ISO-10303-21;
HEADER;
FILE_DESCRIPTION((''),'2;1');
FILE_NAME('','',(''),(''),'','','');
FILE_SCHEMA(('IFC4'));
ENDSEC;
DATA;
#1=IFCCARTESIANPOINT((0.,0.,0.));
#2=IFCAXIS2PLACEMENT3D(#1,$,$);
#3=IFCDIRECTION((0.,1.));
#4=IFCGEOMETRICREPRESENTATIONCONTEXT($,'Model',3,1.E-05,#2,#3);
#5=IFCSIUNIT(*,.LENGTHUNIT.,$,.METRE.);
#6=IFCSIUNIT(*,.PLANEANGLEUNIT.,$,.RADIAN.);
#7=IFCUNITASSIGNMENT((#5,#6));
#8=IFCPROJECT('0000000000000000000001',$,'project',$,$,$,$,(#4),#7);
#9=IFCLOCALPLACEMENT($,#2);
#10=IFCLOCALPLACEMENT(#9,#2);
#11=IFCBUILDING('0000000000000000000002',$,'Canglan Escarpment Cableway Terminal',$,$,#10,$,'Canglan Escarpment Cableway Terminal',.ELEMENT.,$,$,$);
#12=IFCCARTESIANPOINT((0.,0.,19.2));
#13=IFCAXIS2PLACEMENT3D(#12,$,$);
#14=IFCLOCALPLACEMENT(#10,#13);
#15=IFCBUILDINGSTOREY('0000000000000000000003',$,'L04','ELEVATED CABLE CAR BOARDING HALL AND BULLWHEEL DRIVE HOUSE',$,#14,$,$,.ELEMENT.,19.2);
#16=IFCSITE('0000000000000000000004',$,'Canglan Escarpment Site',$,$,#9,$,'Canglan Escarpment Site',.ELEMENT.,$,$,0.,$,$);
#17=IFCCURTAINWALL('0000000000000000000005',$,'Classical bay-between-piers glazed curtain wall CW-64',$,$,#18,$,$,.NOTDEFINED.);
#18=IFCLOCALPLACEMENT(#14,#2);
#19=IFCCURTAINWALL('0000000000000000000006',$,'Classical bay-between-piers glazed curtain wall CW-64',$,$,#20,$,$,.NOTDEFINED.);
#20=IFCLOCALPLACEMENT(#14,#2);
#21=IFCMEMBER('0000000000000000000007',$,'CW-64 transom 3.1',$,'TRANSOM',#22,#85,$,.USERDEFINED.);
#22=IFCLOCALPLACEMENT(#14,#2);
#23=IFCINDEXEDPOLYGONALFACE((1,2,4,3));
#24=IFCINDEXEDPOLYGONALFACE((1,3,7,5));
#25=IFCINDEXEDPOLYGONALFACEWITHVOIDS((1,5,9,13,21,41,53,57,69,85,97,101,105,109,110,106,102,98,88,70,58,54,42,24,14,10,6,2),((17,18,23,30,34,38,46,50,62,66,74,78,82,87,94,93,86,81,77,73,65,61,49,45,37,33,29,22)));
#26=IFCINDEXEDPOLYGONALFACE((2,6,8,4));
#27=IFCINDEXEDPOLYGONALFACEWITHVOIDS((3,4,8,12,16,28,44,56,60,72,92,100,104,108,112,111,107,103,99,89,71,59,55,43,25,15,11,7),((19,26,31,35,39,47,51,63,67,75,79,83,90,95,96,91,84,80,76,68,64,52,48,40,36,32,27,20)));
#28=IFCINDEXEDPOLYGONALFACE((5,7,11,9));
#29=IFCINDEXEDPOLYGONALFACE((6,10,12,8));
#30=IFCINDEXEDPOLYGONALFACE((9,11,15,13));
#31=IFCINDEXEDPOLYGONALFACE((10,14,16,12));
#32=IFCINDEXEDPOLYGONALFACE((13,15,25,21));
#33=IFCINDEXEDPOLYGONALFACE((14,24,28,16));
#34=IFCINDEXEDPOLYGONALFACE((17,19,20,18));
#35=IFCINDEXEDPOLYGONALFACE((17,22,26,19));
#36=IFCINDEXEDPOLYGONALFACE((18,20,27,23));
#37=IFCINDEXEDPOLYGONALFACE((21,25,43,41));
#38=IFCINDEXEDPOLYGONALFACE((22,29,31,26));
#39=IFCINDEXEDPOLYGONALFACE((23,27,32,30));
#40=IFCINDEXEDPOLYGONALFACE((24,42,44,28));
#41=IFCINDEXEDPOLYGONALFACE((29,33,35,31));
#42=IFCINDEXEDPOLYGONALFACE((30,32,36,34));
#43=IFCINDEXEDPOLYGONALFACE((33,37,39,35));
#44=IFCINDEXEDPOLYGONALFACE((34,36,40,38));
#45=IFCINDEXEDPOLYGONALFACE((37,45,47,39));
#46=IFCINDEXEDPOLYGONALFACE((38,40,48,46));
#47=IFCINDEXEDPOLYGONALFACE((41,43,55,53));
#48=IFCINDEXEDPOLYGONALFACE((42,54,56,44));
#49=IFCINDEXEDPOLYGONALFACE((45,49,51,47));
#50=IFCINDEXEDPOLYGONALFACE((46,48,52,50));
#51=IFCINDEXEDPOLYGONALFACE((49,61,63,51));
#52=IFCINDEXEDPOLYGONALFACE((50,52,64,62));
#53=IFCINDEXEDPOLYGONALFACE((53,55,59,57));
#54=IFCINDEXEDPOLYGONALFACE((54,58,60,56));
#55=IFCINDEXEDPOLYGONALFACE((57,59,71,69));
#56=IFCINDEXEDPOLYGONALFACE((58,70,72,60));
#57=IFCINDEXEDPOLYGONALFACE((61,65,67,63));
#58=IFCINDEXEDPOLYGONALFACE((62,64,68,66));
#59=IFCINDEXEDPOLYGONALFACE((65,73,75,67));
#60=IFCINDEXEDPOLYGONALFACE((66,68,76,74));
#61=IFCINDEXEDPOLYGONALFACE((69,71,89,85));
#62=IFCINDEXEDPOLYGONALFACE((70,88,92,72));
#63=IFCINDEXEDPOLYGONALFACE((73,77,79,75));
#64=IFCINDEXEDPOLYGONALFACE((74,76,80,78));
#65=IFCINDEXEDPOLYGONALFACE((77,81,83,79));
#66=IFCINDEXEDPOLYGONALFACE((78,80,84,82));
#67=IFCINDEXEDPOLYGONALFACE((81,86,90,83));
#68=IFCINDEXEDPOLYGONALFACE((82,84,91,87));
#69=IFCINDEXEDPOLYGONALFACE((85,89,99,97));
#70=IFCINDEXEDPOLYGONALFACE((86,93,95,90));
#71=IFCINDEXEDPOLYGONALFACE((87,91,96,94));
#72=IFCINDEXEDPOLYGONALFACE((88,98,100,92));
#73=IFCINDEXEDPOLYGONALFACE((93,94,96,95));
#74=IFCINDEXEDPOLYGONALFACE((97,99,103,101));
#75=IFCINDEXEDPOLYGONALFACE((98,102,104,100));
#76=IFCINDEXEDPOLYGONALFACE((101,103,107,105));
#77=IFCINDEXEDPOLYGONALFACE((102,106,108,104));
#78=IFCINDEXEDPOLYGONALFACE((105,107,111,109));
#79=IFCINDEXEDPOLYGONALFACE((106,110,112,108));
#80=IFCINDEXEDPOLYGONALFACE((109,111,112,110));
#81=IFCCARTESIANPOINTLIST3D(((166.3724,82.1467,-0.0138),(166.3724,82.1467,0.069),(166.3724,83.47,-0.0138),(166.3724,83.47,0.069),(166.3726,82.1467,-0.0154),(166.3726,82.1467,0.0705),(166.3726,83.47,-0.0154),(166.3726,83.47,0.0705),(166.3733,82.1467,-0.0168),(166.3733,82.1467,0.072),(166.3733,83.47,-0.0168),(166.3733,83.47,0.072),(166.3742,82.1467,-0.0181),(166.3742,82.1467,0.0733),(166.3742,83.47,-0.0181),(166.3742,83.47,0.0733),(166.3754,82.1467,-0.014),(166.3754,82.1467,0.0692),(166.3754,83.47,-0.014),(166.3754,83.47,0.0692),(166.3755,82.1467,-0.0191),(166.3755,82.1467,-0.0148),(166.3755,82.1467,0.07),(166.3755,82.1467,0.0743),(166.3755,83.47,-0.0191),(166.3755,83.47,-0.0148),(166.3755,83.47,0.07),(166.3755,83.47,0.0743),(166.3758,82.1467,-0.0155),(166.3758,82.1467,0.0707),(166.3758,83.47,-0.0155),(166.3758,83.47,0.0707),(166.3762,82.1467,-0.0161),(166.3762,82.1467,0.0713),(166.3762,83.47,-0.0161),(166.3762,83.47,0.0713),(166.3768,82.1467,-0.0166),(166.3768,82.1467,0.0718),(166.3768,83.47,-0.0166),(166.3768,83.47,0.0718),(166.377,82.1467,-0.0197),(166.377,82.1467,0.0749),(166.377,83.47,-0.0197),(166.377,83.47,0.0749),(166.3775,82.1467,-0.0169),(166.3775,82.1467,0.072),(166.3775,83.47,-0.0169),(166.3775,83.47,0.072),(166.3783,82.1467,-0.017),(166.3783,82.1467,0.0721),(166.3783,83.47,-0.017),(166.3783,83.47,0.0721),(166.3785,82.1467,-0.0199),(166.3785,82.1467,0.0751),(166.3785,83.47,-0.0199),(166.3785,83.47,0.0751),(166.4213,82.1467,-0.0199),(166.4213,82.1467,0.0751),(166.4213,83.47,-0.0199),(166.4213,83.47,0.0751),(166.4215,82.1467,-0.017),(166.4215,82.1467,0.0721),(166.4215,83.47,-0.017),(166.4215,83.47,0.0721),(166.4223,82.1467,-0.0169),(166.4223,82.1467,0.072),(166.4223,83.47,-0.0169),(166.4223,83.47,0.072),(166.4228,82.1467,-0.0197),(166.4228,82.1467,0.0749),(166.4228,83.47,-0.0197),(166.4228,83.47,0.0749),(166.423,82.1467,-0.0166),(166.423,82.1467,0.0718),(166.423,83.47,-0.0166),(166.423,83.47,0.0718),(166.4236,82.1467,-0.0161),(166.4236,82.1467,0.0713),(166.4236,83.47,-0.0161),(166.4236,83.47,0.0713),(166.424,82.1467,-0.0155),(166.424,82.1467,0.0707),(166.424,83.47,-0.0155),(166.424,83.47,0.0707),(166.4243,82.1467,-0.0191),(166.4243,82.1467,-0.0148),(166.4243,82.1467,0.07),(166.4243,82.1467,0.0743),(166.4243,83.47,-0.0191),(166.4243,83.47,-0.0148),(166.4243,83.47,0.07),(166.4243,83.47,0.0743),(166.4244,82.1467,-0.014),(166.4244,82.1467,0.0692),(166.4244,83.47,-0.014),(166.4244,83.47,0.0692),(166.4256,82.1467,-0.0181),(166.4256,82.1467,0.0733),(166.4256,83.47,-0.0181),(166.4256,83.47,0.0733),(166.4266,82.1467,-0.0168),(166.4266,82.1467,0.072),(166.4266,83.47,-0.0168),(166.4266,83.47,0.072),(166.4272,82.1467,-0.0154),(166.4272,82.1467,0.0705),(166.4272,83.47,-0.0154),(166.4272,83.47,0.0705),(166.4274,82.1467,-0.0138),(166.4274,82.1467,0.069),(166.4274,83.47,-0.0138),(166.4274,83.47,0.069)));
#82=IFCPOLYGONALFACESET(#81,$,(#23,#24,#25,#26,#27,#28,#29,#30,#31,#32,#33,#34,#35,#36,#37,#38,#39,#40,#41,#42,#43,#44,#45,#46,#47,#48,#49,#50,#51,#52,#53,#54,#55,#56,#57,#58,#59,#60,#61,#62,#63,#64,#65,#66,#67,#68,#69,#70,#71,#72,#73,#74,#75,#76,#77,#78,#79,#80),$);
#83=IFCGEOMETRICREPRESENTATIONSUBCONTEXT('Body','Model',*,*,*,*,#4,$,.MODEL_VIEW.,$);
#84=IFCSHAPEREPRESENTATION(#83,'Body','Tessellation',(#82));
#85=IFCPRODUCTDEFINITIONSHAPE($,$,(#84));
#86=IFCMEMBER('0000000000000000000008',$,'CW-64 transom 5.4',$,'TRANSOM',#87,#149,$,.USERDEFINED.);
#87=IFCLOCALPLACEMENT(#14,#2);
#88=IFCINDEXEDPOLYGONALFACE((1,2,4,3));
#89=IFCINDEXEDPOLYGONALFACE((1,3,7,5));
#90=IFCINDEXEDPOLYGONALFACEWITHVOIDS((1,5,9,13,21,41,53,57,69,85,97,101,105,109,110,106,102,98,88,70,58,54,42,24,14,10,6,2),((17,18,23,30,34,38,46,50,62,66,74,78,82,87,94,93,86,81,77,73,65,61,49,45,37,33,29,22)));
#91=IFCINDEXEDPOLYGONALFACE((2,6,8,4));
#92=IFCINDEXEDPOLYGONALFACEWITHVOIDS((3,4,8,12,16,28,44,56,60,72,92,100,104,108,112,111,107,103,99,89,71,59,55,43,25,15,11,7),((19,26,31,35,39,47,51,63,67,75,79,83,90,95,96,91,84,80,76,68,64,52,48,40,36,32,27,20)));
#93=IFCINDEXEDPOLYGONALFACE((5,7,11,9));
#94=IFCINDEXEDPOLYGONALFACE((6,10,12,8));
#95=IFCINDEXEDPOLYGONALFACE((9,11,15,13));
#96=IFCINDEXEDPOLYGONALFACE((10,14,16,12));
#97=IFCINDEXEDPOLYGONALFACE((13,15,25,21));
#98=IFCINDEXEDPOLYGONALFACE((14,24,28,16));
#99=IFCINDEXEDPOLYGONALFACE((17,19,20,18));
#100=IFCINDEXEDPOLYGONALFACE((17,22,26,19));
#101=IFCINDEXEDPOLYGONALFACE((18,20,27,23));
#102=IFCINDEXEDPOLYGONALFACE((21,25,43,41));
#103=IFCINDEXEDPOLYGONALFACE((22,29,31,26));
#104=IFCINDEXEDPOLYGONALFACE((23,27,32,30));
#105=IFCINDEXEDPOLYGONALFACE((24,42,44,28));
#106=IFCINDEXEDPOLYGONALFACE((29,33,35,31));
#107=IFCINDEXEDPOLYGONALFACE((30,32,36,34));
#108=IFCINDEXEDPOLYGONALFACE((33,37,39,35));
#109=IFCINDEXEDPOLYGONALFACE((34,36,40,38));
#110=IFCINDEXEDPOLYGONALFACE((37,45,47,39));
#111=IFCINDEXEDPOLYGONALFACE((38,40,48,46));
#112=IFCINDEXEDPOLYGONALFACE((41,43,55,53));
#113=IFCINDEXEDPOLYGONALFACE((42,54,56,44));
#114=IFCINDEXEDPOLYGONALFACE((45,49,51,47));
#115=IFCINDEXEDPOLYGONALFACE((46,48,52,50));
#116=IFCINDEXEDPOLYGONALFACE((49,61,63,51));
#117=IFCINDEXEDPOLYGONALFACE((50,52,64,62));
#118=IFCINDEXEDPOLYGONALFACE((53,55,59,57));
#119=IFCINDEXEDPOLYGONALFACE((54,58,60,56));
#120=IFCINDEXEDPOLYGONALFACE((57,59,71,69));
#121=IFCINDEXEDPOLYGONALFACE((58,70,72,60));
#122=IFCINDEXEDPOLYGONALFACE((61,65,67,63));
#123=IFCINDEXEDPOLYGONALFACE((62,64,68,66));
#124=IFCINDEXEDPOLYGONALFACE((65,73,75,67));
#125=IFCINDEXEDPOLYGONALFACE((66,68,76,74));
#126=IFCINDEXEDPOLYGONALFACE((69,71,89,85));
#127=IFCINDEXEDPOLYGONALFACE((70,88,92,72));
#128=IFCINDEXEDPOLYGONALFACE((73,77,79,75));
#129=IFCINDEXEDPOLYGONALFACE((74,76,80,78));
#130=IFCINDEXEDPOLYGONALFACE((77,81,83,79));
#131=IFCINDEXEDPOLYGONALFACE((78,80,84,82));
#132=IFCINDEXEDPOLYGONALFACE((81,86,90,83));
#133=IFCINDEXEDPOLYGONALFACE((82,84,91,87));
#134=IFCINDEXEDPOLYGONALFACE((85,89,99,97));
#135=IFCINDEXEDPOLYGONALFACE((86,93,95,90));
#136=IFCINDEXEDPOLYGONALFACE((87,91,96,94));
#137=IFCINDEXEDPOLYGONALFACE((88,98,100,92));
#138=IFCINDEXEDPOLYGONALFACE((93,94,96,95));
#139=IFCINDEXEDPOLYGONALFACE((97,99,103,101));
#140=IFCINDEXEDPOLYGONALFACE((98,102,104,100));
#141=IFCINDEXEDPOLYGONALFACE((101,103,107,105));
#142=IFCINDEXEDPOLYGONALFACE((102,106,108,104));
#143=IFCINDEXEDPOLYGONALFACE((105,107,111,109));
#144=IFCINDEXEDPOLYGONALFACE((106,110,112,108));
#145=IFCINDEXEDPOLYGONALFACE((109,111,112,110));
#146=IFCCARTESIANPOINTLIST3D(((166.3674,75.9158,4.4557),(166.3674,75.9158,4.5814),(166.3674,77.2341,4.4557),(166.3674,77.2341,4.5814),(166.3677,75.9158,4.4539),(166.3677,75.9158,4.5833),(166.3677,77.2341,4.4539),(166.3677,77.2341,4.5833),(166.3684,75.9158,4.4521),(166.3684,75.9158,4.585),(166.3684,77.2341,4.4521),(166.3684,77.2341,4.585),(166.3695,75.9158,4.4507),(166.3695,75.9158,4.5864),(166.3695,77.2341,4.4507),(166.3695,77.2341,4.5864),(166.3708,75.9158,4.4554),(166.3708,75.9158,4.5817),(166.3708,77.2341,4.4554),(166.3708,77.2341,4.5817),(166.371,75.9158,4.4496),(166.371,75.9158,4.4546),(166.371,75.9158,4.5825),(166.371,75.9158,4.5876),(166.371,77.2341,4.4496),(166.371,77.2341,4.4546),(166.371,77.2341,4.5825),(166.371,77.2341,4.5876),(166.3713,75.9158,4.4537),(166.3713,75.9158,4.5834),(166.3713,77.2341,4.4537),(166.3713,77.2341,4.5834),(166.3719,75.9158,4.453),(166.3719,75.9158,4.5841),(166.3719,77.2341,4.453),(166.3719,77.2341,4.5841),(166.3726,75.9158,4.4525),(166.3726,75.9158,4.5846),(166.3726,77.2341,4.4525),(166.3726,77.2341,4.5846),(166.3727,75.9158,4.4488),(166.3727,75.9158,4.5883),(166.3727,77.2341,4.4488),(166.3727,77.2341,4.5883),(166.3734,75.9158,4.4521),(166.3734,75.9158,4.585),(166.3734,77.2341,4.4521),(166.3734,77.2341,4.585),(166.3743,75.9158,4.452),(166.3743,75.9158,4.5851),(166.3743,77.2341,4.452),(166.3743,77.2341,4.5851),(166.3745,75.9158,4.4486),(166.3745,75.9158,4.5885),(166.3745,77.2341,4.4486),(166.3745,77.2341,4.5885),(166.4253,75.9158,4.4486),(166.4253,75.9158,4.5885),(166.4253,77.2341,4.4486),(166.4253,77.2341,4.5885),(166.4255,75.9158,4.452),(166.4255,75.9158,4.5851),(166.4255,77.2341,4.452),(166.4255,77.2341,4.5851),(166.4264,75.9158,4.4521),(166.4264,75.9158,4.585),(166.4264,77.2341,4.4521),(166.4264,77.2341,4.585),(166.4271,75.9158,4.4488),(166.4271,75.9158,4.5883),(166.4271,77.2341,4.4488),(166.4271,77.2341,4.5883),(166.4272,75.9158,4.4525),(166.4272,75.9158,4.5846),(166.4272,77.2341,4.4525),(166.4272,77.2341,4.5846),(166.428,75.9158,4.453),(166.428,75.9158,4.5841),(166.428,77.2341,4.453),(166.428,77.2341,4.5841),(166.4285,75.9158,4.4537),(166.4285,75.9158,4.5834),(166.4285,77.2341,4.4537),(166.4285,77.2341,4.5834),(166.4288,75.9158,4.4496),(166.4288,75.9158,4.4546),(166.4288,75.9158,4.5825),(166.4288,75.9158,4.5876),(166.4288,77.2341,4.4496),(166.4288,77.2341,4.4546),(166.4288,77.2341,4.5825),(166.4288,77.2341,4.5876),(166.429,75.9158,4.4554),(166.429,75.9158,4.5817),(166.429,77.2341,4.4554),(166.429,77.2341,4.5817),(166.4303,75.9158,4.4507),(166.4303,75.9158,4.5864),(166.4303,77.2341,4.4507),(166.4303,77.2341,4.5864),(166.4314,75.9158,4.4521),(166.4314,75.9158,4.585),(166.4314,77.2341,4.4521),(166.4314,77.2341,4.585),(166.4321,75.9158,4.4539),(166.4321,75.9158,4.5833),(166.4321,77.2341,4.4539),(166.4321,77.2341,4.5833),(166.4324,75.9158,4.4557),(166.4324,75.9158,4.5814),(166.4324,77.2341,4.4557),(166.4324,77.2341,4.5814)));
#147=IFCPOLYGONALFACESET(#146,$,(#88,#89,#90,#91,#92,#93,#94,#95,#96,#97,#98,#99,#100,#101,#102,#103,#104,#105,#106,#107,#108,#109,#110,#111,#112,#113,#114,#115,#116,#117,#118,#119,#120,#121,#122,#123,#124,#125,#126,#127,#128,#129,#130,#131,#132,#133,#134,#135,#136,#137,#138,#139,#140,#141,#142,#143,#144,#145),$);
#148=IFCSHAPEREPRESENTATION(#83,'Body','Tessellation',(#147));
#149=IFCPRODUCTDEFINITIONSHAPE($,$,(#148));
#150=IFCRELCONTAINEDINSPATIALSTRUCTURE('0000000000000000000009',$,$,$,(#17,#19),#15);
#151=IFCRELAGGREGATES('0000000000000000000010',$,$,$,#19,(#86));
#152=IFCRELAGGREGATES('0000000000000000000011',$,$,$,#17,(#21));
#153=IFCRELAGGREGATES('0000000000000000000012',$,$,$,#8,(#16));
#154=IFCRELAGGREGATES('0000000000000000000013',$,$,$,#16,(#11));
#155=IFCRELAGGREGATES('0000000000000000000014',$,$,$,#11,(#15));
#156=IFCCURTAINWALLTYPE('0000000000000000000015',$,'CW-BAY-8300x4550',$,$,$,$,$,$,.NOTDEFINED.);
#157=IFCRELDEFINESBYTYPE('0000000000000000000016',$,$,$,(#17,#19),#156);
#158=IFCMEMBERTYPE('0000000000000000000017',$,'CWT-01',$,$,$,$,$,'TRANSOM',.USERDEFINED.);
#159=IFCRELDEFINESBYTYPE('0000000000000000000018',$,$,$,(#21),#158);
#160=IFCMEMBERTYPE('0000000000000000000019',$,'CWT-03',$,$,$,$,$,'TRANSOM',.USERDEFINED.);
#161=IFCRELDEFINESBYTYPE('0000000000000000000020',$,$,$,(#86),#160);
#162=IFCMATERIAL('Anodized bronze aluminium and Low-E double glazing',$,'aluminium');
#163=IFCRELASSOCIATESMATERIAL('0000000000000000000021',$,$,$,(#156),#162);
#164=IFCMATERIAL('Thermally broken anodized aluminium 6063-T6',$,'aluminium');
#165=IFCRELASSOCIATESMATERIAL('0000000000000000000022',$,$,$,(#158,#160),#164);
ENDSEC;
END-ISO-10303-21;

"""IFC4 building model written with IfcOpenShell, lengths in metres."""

from ifc_helpers import new_model, si_unit, direction, frame, origin, origin_2d, place, context, subcontext, project, spatial, hollow_rectangle, extrude, material, material_profile, profile_set, type_object, element, aggregate, save


model = new_model("IFC4")

# Units and contexts
model_context = context("Model", 3, precision=1e-05, world=origin(), true_north=direction((0.0, 1.0)))
body_context = subcontext(model_context, "Body", "Model", "MODEL_VIEW")
ifc_project = project(units=[si_unit("LENGTHUNIT", "METRE"), si_unit("PLANEANGLEUNIT", "RADIAN")], contexts=[model_context])

# Site, building, storey
site_placement = place(None, origin())
site = spatial("IfcSite", under=ifc_project, at=site_placement, Name="Canglan Escarpment Site", LongName="Canglan Escarpment Site", CompositionType="ELEMENT", RefElevation=0.0)
building_placement = place(site_placement, origin())
building = spatial("IfcBuilding", under=site, at=building_placement, Name="Canglan Escarpment Cableway Terminal", LongName="Canglan Escarpment Cableway Terminal", CompositionType="ELEMENT")
storey_placement = place(building_placement, frame((0.0, 0.0, 19.2)))
storey = spatial("IfcBuildingStorey", under=building, at=storey_placement, Name="L04", Description="ELEVATED CABLE CAR BOARDING HALL AND BULLWHEEL DRIVE HOUSE", CompositionType="ELEMENT", Elevation=19.2)

# Curtain walls
ifc_material_1 = material(Name="Anodized bronze aluminium and Low-E double glazing", Category="aluminium")
curtain_wall_type = type_object("IfcCurtainWallType", Name="CW-BAY-8300x4550", PredefinedType="NOTDEFINED", material=ifc_material_1)
curtain_wall_1_placement = place(storey_placement, origin())
curtain_wall_1 = element("IfcCurtainWall", 1, at=curtain_wall_1_placement, inside=storey, type_object=curtain_wall_type, Name="Classical bay-between-piers glazed curtain wall CW-64", PredefinedType="NOTDEFINED")
ifc_material_2 = material(Name="Thermally broken anodized aluminium 6063-T6", Category="aluminium")
curtain_wall_2_placement = place(storey_placement, origin())
curtain_wall_2 = element("IfcCurtainWall", 2, at=curtain_wall_2_placement, inside=storey, type_object=curtain_wall_type, Name="Classical bay-between-piers glazed curtain wall CW-64", PredefinedType="NOTDEFINED")

# Members
ifc_material_profile_1 = material_profile(ifc_material_2, hollow_rectangle(XDim=0.0549, YDim=0.095, WallThickness=0.0029, InnerFilletRadius=0.0029, OuterFilletRadius=0.0061, at=origin_2d()), Name="ALU-TRAN 55x95x3")
ifc_profile_set_1 = profile_set([ifc_material_profile_1], Name="Thermally broken anodized aluminium 6063-T6")
member_type_1 = type_object("IfcMemberType", Name="CWT-01", ElementType="TRANSOM", PredefinedType="USERDEFINED", material=ifc_profile_set_1)
member_1_placement = place(storey_placement, frame((166.3999, 82.1467, 0.0276), z_axis=(0.0, 1.0, 0.0), x_axis=(-1.0, 0.0, 0.0)))
member_1 = element("IfcMember", 3, at=member_1_placement, type_object=member_type_1, Name="CW-64 transom 3.1", ObjectType="TRANSOM", PredefinedType="USERDEFINED", context=body_context, shape_type="SweptSolid", body=[
    extrude(hollow_rectangle(XDim=0.0549, YDim=0.095, WallThickness=0.0029, InnerFilletRadius=0.0029, OuterFilletRadius=0.0061, at=origin_2d()), origin(), (0.0, 0.0, 1.0), 1.3232),
])
ifc_material_profile_2 = material_profile(ifc_material_2, hollow_rectangle(XDim=0.0649, YDim=0.1399, WallThickness=0.0034, InnerFilletRadius=0.0034, OuterFilletRadius=0.0071, at=origin_2d()), Name="ALU-TRAN 65x140x3.5")
ifc_profile_set_2 = profile_set([ifc_material_profile_2], Name="Thermally broken anodized aluminium 6063-T6")
member_type_2 = type_object("IfcMemberType", Name="CWT-03", ElementType="TRANSOM", PredefinedType="USERDEFINED", material=ifc_profile_set_2)
member_2_placement = place(storey_placement, frame((166.3999, 75.9158, 4.5186), z_axis=(0.0, 1.0, 0.0), x_axis=(-1.0, 0.0, 0.0)))
member_2 = element("IfcMember", 4, at=member_2_placement, type_object=member_type_2, Name="CW-64 transom 5.4", ObjectType="TRANSOM", PredefinedType="USERDEFINED", context=body_context, shape_type="SweptSolid", body=[
    extrude(hollow_rectangle(XDim=0.0649, YDim=0.1399, WallThickness=0.0034, InnerFilletRadius=0.0034, OuterFilletRadius=0.0071, at=origin_2d()), origin(), (0.0, 0.0, 1.0), 1.3184),
])

aggregate(curtain_wall_2, [member_2])
aggregate(curtain_wall_1, [member_1])

save(model, "model.ifc")
